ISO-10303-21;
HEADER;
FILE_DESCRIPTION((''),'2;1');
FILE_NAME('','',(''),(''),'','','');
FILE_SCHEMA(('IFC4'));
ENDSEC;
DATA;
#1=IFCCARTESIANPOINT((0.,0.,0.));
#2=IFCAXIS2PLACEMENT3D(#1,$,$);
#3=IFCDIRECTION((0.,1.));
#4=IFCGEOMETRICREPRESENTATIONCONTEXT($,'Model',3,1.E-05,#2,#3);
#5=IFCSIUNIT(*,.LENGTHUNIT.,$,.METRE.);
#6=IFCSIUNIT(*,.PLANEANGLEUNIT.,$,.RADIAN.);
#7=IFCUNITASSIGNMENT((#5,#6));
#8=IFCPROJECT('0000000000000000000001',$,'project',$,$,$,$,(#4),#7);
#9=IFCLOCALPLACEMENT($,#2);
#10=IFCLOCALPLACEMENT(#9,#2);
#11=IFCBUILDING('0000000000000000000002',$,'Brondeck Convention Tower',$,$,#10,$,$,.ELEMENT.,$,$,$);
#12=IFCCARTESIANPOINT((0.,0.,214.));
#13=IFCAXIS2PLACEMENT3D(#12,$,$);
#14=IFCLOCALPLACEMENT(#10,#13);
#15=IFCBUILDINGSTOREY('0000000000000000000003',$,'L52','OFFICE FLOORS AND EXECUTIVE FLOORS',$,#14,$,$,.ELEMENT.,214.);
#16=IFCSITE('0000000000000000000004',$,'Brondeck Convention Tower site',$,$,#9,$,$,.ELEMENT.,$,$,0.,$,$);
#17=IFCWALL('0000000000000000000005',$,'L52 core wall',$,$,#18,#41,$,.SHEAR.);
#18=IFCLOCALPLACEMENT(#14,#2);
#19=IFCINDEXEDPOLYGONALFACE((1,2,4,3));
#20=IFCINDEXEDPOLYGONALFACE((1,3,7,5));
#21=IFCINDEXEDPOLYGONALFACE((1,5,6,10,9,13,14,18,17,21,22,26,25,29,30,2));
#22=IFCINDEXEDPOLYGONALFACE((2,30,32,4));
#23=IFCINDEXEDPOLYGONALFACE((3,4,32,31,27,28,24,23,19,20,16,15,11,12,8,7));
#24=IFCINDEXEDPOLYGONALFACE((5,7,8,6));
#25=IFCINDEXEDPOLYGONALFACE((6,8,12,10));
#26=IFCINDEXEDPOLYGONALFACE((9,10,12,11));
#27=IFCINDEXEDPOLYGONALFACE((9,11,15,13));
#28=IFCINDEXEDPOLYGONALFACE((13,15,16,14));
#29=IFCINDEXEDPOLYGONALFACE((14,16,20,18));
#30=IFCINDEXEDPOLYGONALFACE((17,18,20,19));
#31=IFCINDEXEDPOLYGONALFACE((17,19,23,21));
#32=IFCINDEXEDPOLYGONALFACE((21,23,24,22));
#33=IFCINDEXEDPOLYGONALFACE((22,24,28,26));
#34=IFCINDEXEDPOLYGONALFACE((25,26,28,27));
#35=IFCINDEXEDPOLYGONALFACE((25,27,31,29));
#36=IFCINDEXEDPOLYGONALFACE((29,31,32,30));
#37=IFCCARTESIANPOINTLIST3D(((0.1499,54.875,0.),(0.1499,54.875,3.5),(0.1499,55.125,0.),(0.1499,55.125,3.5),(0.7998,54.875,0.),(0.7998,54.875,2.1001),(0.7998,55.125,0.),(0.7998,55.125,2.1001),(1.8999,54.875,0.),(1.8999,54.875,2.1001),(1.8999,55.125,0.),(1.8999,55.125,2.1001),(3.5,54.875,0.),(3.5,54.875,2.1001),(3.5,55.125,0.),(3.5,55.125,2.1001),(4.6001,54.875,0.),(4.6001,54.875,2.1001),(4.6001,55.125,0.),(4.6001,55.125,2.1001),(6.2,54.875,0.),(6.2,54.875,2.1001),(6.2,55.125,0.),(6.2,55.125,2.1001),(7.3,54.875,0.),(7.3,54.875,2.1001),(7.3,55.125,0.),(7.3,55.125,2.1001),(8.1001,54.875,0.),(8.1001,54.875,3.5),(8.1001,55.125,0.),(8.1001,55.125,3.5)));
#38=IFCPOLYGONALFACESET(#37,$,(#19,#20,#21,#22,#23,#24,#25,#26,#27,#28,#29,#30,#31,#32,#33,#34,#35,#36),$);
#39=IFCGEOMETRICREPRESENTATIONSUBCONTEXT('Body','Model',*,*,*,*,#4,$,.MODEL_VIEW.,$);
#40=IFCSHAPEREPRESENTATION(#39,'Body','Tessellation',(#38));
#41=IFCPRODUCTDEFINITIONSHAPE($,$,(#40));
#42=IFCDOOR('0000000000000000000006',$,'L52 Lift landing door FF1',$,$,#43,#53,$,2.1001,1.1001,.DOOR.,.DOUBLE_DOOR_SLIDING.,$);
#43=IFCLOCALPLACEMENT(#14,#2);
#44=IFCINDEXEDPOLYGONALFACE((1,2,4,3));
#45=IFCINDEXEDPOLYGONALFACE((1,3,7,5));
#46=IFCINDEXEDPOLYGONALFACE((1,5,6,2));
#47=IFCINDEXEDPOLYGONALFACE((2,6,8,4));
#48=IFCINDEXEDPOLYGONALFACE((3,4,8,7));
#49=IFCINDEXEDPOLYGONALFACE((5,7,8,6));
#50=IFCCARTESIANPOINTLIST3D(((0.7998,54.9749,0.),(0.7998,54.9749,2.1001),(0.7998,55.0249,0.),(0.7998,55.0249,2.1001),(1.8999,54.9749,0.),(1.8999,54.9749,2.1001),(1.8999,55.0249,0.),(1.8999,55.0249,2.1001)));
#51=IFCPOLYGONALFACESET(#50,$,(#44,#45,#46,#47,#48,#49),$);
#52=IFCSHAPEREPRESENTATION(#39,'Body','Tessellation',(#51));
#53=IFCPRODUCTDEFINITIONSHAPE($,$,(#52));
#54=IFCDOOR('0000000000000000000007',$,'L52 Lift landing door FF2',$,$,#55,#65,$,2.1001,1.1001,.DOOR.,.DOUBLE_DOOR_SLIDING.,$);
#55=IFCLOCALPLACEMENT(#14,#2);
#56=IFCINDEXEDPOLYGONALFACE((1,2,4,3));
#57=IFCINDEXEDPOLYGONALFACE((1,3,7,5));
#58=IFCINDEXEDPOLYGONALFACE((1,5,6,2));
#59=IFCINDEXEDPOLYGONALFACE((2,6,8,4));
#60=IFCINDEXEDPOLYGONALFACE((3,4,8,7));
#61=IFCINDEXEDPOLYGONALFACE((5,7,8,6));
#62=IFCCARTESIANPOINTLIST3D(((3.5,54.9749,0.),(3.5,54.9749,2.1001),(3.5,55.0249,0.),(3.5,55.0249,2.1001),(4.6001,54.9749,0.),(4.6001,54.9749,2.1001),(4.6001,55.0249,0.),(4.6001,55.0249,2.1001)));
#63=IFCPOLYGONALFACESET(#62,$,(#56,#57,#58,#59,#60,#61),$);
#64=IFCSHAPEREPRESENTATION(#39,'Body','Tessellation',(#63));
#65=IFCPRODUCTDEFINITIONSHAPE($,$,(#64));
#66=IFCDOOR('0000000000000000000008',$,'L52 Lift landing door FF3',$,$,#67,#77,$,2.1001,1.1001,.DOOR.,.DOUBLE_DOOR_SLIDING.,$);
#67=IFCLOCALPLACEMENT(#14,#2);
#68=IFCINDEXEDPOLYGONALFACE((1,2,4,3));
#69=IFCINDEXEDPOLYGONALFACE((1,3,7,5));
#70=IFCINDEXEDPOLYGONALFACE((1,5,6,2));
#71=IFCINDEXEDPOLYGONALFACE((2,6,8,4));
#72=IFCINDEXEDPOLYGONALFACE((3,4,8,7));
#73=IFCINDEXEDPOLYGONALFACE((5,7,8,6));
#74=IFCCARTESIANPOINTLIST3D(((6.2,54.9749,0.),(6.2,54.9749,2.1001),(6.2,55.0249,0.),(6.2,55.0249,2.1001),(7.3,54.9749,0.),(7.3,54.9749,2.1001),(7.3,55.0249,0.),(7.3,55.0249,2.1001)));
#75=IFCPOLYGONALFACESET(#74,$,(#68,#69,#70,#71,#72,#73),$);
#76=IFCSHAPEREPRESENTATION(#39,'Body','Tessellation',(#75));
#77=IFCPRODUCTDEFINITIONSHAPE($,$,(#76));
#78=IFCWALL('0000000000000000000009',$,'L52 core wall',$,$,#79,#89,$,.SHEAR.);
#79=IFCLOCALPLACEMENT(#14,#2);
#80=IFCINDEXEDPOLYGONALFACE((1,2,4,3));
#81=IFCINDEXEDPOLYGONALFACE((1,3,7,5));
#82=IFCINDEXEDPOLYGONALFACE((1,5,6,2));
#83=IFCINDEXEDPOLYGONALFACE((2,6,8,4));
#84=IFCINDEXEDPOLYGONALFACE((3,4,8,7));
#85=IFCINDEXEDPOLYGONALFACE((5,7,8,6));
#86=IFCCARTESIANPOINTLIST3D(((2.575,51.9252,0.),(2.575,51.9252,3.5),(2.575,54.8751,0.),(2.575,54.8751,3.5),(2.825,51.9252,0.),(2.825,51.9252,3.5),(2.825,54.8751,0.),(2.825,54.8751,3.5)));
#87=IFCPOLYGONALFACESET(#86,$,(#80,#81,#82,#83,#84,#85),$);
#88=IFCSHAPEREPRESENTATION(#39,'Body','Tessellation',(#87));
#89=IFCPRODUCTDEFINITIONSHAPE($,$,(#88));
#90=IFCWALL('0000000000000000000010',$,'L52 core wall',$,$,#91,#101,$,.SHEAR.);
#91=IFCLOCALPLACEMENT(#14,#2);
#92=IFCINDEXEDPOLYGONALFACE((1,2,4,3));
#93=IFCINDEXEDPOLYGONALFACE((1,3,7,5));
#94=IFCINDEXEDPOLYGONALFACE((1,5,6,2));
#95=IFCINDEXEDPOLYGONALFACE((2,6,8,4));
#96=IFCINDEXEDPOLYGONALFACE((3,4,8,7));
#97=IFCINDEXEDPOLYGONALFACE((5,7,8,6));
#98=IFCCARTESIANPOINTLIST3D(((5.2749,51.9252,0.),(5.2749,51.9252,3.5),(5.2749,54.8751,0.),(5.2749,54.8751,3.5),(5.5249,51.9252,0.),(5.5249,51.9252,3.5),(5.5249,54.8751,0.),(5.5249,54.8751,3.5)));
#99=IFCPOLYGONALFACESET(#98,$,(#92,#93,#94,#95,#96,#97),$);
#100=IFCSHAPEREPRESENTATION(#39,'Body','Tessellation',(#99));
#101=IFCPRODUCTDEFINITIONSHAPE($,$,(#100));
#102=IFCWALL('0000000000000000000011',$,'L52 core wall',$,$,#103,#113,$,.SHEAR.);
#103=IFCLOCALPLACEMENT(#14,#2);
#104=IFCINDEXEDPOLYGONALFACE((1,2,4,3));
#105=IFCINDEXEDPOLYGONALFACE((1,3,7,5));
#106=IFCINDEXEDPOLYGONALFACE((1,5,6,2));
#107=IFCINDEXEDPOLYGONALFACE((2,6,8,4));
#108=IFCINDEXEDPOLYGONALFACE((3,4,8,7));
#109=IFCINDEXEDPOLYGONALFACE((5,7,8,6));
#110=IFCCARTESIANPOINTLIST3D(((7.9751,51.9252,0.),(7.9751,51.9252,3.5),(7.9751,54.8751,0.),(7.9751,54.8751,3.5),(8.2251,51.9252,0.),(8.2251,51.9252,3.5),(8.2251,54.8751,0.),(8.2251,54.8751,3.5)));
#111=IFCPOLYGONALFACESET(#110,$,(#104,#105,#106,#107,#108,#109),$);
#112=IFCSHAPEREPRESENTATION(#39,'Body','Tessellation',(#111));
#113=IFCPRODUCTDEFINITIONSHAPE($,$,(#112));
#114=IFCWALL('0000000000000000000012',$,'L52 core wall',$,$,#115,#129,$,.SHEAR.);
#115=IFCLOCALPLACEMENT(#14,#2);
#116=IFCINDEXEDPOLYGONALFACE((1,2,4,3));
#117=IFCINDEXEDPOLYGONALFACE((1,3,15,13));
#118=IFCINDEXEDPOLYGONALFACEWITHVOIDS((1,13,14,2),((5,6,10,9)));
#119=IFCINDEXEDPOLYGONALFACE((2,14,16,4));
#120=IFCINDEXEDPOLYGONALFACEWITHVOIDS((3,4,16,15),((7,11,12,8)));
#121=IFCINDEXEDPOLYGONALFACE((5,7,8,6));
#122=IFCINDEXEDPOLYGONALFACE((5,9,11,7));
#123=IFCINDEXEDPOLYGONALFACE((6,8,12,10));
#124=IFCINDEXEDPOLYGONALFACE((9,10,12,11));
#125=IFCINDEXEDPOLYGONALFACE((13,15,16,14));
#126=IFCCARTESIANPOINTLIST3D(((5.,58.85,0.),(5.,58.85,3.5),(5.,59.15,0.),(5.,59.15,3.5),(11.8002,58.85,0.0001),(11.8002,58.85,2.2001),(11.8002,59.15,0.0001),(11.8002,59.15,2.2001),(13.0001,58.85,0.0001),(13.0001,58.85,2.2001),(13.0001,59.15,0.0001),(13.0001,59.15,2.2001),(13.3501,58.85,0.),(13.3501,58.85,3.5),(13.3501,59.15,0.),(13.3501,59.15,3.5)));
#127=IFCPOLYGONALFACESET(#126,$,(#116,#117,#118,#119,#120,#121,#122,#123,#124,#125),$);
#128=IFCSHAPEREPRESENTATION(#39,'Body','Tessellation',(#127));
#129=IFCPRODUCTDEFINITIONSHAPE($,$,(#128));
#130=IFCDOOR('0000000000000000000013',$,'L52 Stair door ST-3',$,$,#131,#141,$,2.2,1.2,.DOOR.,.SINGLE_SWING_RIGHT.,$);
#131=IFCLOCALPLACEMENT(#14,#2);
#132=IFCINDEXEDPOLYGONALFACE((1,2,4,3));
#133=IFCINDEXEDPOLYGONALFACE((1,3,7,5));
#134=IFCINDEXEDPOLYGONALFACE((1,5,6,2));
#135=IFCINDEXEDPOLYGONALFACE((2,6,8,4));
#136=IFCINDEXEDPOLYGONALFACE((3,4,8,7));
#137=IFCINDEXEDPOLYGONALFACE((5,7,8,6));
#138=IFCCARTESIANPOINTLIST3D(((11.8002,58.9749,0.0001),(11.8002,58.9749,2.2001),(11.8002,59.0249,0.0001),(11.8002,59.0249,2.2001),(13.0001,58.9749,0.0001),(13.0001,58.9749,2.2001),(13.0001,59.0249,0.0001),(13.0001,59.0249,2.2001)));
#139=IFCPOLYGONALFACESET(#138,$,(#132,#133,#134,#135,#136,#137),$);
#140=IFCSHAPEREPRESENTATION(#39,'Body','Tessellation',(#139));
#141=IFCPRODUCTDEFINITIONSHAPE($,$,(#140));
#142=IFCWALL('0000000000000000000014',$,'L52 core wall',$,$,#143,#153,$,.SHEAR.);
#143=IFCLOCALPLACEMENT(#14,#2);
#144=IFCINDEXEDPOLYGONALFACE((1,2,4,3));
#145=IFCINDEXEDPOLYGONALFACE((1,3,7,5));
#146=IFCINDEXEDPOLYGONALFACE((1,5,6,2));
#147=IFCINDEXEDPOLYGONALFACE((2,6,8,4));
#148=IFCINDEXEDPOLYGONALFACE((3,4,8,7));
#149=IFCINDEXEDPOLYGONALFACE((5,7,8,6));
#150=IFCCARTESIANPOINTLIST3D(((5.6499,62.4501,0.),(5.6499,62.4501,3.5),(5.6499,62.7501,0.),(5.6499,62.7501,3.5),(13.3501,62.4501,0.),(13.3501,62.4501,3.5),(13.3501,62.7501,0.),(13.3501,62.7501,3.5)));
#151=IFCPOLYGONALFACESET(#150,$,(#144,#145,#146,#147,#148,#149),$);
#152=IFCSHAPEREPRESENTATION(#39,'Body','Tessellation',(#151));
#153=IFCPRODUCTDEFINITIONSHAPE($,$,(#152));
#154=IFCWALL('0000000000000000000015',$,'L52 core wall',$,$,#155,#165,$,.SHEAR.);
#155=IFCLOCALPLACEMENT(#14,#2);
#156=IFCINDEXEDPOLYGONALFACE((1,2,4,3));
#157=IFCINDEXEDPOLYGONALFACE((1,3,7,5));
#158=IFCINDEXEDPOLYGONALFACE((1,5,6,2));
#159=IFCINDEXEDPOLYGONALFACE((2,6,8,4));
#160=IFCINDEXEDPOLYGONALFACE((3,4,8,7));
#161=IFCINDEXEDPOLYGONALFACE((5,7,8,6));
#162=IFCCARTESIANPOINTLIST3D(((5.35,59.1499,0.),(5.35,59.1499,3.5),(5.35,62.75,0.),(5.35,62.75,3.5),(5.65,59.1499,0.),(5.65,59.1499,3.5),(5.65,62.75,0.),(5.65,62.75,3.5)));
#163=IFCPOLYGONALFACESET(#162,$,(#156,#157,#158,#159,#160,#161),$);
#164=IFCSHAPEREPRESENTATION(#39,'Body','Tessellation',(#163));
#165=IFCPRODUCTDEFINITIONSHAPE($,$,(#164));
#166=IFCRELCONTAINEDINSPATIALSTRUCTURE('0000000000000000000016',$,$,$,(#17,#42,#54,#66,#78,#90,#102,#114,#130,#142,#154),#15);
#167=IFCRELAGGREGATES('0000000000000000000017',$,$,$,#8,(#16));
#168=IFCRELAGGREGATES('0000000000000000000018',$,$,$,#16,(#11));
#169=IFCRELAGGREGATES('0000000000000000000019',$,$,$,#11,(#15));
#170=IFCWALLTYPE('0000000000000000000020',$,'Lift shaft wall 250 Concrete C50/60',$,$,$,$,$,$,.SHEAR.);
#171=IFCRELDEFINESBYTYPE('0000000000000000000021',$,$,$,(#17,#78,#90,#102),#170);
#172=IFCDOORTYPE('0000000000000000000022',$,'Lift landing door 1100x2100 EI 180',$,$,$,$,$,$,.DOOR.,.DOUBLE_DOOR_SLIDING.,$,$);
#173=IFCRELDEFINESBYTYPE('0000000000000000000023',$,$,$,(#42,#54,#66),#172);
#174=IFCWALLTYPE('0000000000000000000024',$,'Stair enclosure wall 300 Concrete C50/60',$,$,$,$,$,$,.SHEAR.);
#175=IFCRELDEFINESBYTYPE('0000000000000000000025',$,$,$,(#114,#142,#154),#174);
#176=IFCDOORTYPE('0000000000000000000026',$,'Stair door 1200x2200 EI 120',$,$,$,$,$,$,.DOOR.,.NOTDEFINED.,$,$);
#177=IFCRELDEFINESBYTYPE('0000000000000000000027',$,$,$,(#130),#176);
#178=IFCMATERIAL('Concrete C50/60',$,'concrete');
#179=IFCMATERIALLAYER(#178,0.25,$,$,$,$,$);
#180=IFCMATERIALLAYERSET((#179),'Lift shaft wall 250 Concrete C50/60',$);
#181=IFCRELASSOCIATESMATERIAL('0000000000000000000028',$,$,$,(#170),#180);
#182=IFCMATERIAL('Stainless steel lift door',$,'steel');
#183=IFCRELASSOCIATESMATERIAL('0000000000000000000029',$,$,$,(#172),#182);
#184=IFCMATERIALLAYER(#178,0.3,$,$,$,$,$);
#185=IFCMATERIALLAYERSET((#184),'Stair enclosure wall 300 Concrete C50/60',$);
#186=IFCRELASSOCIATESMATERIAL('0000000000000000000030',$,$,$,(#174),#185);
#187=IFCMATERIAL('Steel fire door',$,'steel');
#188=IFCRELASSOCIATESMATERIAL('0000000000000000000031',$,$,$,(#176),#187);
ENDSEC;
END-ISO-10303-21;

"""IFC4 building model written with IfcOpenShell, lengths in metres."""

from ifc_helpers import new_model, si_unit, direction, frame, frame_2d, origin, place, context, subcontext, project, spatial, rectangle, extrude, material, layer, layer_set, type_object, element, fill, save


model = new_model("IFC4")

# Units and contexts
model_context = context("Model", 3, precision=1e-05, world=origin(), true_north=direction((0.0, 1.0)))
body_context = subcontext(model_context, "Body", "Model", "MODEL_VIEW")
ifc_project = project(units=[si_unit("LENGTHUNIT", "METRE"), si_unit("PLANEANGLEUNIT", "RADIAN")], contexts=[model_context])

# Site, building, storey
site_placement = place(None, origin())
site = spatial("IfcSite", under=ifc_project, at=site_placement, Name="Brondeck Convention Tower site", CompositionType="ELEMENT", RefElevation=0.0)
building_placement = place(site_placement, origin())
building = spatial("IfcBuilding", under=site, at=building_placement, Name="Brondeck Convention Tower", CompositionType="ELEMENT")
storey_placement = place(building_placement, frame((0.0, 0.0, 214.0)))
storey = spatial("IfcBuildingStorey", under=building, at=storey_placement, Name="L52", Description="OFFICE FLOORS AND EXECUTIVE FLOORS", CompositionType="ELEMENT", Elevation=214.0)

# Shared definitions
ifc_material_1 = material(Name="Concrete C50/60", Category="concrete")

# Shared definitions
ifc_material_2 = material(Name="Steel fire door", Category="steel")

# Wall, openings, doors
ifc_layer_1 = layer(ifc_material_1, 0.25)
ifc_layer_set_1 = layer_set([ifc_layer_1], Name="Lift shaft wall 250 Concrete C50/60")
wall_type_1 = type_object("IfcWallType", Name="Lift shaft wall 250 Concrete C50/60", PredefinedType="SHEAR", material=ifc_layer_set_1)
wall_1_placement = place(storey_placement, frame((0.1499, 55.0, 0.0), z_axis=(0.0, 0.0, 1.0), x_axis=(1.0, 0.0, 0.0)))
wall_1 = element("IfcWall", 1, at=wall_1_placement, inside=storey, type_object=wall_type_1, Name="L52 core wall", PredefinedType="SHEAR", context=body_context, shape_type="SweptSolid", body=[
    extrude(rectangle(XDim=7.9502, YDim=0.25, at=frame_2d((3.9751, 0.0))), origin(), (0.0, 0.0, 1.0), 3.5),
])
opening_1_placement = place(wall_1_placement, frame((0.6499, 0.0, 0.0)))
opening_1 = element("IfcOpeningElement", 2, at=opening_1_placement, cuts=wall_1, PredefinedType="OPENING", context=body_context, shape_type="SweptSolid", body=[
    extrude(rectangle(XDim=1.1001, YDim=2.1001, at=frame_2d((0.55, 1.05))), frame((0.0, 0.135, 0.0), z_axis=(0.0, -1.0, 0.0), x_axis=(1.0, 0.0, 0.0)), (0.0, 0.0, 1.0), 0.27),
])
opening_2_placement = place(wall_1_placement, frame((3.3501, 0.0, 0.0)))
opening_2 = element("IfcOpeningElement", 3, at=opening_2_placement, cuts=wall_1, PredefinedType="OPENING", context=body_context, shape_type="SweptSolid", body=[
    extrude(rectangle(XDim=1.1001, YDim=2.1001, at=frame_2d((0.55, 1.05))), frame((0.0, 0.135, 0.0), z_axis=(0.0, -1.0, 0.0), x_axis=(1.0, 0.0, 0.0)), (0.0, 0.0, 1.0), 0.27),
])
opening_3_placement = place(wall_1_placement, frame((6.05, 0.0, 0.0)))
opening_3 = element("IfcOpeningElement", 4, at=opening_3_placement, cuts=wall_1, PredefinedType="OPENING", context=body_context, shape_type="SweptSolid", body=[
    extrude(rectangle(XDim=1.1001, YDim=2.1001, at=frame_2d((0.55, 1.05))), frame((0.0, 0.135, 0.0), z_axis=(0.0, -1.0, 0.0), x_axis=(1.0, 0.0, 0.0)), (0.0, 0.0, 1.0), 0.27),
])
ifc_material_3 = material(Name="Stainless steel lift door", Category="steel")
door_type_1 = type_object("IfcDoorType", Name="Lift landing door 1100x2100 EI 180", OperationType="DOUBLE_DOOR_SLIDING", PredefinedType="DOOR", material=ifc_material_3)
door_1_placement = place(opening_1_placement, origin())
door_1 = element("IfcDoor", 5, at=door_1_placement, inside=storey, type_object=door_type_1, Name="L52 Lift landing door FF1", OperationType="DOUBLE_DOOR_SLIDING", OverallHeight=2.1001, OverallWidth=1.1001, PredefinedType="DOOR", context=body_context, shape_type="SweptSolid", body=[
    extrude(rectangle(XDim=1.1001, YDim=2.1001, at=frame_2d((0.55, 1.05))), frame((0.0, 0.0249, 0.0), z_axis=(0.0, -1.0, 0.0), x_axis=(1.0, 0.0, 0.0)), (0.0, 0.0, 1.0), 0.05),
])
fill(opening_1, door_1)
door_2_placement = place(opening_2_placement, origin())
door_2 = element("IfcDoor", 6, at=door_2_placement, inside=storey, type_object=door_type_1, Name="L52 Lift landing door FF2", OperationType="DOUBLE_DOOR_SLIDING", OverallHeight=2.1001, OverallWidth=1.1001, PredefinedType="DOOR", context=body_context, shape_type="SweptSolid", body=[
    extrude(rectangle(XDim=1.1001, YDim=2.1001, at=frame_2d((0.55, 1.05))), frame((0.0, 0.0249, 0.0), z_axis=(0.0, -1.0, 0.0), x_axis=(1.0, 0.0, 0.0)), (0.0, 0.0, 1.0), 0.05),
])
fill(opening_2, door_2)
door_3_placement = place(opening_3_placement, origin())
door_3 = element("IfcDoor", 7, at=door_3_placement, inside=storey, type_object=door_type_1, Name="L52 Lift landing door FF3", OperationType="DOUBLE_DOOR_SLIDING", OverallHeight=2.1001, OverallWidth=1.1001, PredefinedType="DOOR", context=body_context, shape_type="SweptSolid", body=[
    extrude(rectangle(XDim=1.1001, YDim=2.1001, at=frame_2d((0.55, 1.05))), frame((0.0, 0.0249, 0.0), z_axis=(0.0, -1.0, 0.0), x_axis=(1.0, 0.0, 0.0)), (0.0, 0.0, 1.0), 0.05),
])
fill(opening_3, door_3)

# Walls
for number, where, z_axis, x_axis, name in (
    (8, (2.7, 51.925, 0.0), (0.0, 0.0, 1.0), (0.0, 1.0, 0.0), "L52 core wall"),
    (9, (5.3999, 51.925, 0.0), (0.0, 0.0, 1.0), (0.0, 1.0, 0.0), "L52 core wall"),
    (10, (8.1001, 51.925, 0.0), (0.0, 0.0, 1.0), (0.0, 1.0, 0.0), "L52 core wall"),
):
    element("IfcWall", number, at=place(storey_placement, frame(where, z_axis=z_axis, x_axis=x_axis)), inside=storey, type_object=wall_type_1, Name=name, PredefinedType="SHEAR", context=body_context, shape_type="SweptSolid", body=[
        extrude(rectangle(XDim=2.95, YDim=0.25, at=frame_2d((1.4751, 0.0))), origin(), (0.0, 0.0, 1.0), 3.5),
    ])

# Wall, opening, door
ifc_layer_2 = layer(ifc_material_1, 0.3)
ifc_layer_set_2 = layer_set([ifc_layer_2], Name="Stair enclosure wall 300 Concrete C50/60")
wall_type_2 = type_object("IfcWallType", Name="Stair enclosure wall 300 Concrete C50/60", PredefinedType="SHEAR", material=ifc_layer_set_2)
wall_2_placement = place(storey_placement, frame((5.0, 59.0, 0.0), z_axis=(0.0, 0.0, 1.0), x_axis=(1.0, 0.0, 0.0)))
wall_2 = element("IfcWall", 11, at=wall_2_placement, inside=storey, type_object=wall_type_2, Name="L52 core wall", PredefinedType="SHEAR", context=body_context, shape_type="SweptSolid", body=[
    extrude(rectangle(XDim=8.3501, YDim=0.3, at=frame_2d((4.175, 0.0))), origin(), (0.0, 0.0, 1.0), 3.5),
])
opening_4_placement = place(wall_2_placement, frame((6.8, 0.0, 0.0)))
opening_4 = element("IfcOpeningElement", 12, at=opening_4_placement, cuts=wall_2, PredefinedType="OPENING", context=body_context, shape_type="SweptSolid", body=[
    extrude(rectangle(XDim=1.2, YDim=2.2, at=frame_2d((0.6001, 1.1001))), frame((0.0, 0.1599, 0.0), z_axis=(0.0, -1.0, 0.0), x_axis=(1.0, 0.0, 0.0)), (0.0, 0.0, 1.0), 0.3201),
])
door_type_2 = type_object("IfcDoorType", Name="Stair door 1200x2200 EI 120", OperationType="NOTDEFINED", PredefinedType="DOOR", material=ifc_material_2)
door_4_placement = place(opening_4_placement, origin())
door_4 = element("IfcDoor", 13, at=door_4_placement, inside=storey, type_object=door_type_2, Name="L52 Stair door ST-3", OperationType="SINGLE_SWING_RIGHT", OverallHeight=2.2, OverallWidth=1.2, PredefinedType="DOOR", context=body_context, shape_type="SweptSolid", body=[
    extrude(rectangle(XDim=1.2, YDim=2.2, at=frame_2d((0.6001, 1.1001))), frame((0.0, 0.0249, 0.0), z_axis=(0.0, -1.0, 0.0), x_axis=(1.0, 0.0, 0.0)), (0.0, 0.0, 1.0), 0.05),
])
fill(opening_4, door_4)

# Walls
wall_3_placement = place(storey_placement, frame((5.6499, 62.6001, 0.0), z_axis=(0.0, 0.0, 1.0), x_axis=(1.0, 0.0, 0.0)))
element("IfcWall", 14, at=wall_3_placement, inside=storey, type_object=wall_type_2, Name="L52 core wall", PredefinedType="SHEAR", context=body_context, shape_type="SweptSolid", body=[
    extrude(rectangle(XDim=7.7002, YDim=0.3, at=frame_2d((3.8501, 0.0))), origin(), (0.0, 0.0, 1.0), 3.5),
])
wall_4_placement = place(storey_placement, frame((5.5, 59.1499, 0.0), z_axis=(0.0, 0.0, 1.0), x_axis=(0.0, 1.0, 0.0)))
element("IfcWall", 15, at=wall_4_placement, inside=storey, type_object=wall_type_2, Name="L52 core wall", PredefinedType="SHEAR", context=body_context, shape_type="SweptSolid", body=[
    extrude(rectangle(XDim=3.6001, YDim=0.3, at=frame_2d((1.8, 0.0))), origin(), (0.0, 0.0, 1.0), 3.5),
])

save(model, "model.ifc")
